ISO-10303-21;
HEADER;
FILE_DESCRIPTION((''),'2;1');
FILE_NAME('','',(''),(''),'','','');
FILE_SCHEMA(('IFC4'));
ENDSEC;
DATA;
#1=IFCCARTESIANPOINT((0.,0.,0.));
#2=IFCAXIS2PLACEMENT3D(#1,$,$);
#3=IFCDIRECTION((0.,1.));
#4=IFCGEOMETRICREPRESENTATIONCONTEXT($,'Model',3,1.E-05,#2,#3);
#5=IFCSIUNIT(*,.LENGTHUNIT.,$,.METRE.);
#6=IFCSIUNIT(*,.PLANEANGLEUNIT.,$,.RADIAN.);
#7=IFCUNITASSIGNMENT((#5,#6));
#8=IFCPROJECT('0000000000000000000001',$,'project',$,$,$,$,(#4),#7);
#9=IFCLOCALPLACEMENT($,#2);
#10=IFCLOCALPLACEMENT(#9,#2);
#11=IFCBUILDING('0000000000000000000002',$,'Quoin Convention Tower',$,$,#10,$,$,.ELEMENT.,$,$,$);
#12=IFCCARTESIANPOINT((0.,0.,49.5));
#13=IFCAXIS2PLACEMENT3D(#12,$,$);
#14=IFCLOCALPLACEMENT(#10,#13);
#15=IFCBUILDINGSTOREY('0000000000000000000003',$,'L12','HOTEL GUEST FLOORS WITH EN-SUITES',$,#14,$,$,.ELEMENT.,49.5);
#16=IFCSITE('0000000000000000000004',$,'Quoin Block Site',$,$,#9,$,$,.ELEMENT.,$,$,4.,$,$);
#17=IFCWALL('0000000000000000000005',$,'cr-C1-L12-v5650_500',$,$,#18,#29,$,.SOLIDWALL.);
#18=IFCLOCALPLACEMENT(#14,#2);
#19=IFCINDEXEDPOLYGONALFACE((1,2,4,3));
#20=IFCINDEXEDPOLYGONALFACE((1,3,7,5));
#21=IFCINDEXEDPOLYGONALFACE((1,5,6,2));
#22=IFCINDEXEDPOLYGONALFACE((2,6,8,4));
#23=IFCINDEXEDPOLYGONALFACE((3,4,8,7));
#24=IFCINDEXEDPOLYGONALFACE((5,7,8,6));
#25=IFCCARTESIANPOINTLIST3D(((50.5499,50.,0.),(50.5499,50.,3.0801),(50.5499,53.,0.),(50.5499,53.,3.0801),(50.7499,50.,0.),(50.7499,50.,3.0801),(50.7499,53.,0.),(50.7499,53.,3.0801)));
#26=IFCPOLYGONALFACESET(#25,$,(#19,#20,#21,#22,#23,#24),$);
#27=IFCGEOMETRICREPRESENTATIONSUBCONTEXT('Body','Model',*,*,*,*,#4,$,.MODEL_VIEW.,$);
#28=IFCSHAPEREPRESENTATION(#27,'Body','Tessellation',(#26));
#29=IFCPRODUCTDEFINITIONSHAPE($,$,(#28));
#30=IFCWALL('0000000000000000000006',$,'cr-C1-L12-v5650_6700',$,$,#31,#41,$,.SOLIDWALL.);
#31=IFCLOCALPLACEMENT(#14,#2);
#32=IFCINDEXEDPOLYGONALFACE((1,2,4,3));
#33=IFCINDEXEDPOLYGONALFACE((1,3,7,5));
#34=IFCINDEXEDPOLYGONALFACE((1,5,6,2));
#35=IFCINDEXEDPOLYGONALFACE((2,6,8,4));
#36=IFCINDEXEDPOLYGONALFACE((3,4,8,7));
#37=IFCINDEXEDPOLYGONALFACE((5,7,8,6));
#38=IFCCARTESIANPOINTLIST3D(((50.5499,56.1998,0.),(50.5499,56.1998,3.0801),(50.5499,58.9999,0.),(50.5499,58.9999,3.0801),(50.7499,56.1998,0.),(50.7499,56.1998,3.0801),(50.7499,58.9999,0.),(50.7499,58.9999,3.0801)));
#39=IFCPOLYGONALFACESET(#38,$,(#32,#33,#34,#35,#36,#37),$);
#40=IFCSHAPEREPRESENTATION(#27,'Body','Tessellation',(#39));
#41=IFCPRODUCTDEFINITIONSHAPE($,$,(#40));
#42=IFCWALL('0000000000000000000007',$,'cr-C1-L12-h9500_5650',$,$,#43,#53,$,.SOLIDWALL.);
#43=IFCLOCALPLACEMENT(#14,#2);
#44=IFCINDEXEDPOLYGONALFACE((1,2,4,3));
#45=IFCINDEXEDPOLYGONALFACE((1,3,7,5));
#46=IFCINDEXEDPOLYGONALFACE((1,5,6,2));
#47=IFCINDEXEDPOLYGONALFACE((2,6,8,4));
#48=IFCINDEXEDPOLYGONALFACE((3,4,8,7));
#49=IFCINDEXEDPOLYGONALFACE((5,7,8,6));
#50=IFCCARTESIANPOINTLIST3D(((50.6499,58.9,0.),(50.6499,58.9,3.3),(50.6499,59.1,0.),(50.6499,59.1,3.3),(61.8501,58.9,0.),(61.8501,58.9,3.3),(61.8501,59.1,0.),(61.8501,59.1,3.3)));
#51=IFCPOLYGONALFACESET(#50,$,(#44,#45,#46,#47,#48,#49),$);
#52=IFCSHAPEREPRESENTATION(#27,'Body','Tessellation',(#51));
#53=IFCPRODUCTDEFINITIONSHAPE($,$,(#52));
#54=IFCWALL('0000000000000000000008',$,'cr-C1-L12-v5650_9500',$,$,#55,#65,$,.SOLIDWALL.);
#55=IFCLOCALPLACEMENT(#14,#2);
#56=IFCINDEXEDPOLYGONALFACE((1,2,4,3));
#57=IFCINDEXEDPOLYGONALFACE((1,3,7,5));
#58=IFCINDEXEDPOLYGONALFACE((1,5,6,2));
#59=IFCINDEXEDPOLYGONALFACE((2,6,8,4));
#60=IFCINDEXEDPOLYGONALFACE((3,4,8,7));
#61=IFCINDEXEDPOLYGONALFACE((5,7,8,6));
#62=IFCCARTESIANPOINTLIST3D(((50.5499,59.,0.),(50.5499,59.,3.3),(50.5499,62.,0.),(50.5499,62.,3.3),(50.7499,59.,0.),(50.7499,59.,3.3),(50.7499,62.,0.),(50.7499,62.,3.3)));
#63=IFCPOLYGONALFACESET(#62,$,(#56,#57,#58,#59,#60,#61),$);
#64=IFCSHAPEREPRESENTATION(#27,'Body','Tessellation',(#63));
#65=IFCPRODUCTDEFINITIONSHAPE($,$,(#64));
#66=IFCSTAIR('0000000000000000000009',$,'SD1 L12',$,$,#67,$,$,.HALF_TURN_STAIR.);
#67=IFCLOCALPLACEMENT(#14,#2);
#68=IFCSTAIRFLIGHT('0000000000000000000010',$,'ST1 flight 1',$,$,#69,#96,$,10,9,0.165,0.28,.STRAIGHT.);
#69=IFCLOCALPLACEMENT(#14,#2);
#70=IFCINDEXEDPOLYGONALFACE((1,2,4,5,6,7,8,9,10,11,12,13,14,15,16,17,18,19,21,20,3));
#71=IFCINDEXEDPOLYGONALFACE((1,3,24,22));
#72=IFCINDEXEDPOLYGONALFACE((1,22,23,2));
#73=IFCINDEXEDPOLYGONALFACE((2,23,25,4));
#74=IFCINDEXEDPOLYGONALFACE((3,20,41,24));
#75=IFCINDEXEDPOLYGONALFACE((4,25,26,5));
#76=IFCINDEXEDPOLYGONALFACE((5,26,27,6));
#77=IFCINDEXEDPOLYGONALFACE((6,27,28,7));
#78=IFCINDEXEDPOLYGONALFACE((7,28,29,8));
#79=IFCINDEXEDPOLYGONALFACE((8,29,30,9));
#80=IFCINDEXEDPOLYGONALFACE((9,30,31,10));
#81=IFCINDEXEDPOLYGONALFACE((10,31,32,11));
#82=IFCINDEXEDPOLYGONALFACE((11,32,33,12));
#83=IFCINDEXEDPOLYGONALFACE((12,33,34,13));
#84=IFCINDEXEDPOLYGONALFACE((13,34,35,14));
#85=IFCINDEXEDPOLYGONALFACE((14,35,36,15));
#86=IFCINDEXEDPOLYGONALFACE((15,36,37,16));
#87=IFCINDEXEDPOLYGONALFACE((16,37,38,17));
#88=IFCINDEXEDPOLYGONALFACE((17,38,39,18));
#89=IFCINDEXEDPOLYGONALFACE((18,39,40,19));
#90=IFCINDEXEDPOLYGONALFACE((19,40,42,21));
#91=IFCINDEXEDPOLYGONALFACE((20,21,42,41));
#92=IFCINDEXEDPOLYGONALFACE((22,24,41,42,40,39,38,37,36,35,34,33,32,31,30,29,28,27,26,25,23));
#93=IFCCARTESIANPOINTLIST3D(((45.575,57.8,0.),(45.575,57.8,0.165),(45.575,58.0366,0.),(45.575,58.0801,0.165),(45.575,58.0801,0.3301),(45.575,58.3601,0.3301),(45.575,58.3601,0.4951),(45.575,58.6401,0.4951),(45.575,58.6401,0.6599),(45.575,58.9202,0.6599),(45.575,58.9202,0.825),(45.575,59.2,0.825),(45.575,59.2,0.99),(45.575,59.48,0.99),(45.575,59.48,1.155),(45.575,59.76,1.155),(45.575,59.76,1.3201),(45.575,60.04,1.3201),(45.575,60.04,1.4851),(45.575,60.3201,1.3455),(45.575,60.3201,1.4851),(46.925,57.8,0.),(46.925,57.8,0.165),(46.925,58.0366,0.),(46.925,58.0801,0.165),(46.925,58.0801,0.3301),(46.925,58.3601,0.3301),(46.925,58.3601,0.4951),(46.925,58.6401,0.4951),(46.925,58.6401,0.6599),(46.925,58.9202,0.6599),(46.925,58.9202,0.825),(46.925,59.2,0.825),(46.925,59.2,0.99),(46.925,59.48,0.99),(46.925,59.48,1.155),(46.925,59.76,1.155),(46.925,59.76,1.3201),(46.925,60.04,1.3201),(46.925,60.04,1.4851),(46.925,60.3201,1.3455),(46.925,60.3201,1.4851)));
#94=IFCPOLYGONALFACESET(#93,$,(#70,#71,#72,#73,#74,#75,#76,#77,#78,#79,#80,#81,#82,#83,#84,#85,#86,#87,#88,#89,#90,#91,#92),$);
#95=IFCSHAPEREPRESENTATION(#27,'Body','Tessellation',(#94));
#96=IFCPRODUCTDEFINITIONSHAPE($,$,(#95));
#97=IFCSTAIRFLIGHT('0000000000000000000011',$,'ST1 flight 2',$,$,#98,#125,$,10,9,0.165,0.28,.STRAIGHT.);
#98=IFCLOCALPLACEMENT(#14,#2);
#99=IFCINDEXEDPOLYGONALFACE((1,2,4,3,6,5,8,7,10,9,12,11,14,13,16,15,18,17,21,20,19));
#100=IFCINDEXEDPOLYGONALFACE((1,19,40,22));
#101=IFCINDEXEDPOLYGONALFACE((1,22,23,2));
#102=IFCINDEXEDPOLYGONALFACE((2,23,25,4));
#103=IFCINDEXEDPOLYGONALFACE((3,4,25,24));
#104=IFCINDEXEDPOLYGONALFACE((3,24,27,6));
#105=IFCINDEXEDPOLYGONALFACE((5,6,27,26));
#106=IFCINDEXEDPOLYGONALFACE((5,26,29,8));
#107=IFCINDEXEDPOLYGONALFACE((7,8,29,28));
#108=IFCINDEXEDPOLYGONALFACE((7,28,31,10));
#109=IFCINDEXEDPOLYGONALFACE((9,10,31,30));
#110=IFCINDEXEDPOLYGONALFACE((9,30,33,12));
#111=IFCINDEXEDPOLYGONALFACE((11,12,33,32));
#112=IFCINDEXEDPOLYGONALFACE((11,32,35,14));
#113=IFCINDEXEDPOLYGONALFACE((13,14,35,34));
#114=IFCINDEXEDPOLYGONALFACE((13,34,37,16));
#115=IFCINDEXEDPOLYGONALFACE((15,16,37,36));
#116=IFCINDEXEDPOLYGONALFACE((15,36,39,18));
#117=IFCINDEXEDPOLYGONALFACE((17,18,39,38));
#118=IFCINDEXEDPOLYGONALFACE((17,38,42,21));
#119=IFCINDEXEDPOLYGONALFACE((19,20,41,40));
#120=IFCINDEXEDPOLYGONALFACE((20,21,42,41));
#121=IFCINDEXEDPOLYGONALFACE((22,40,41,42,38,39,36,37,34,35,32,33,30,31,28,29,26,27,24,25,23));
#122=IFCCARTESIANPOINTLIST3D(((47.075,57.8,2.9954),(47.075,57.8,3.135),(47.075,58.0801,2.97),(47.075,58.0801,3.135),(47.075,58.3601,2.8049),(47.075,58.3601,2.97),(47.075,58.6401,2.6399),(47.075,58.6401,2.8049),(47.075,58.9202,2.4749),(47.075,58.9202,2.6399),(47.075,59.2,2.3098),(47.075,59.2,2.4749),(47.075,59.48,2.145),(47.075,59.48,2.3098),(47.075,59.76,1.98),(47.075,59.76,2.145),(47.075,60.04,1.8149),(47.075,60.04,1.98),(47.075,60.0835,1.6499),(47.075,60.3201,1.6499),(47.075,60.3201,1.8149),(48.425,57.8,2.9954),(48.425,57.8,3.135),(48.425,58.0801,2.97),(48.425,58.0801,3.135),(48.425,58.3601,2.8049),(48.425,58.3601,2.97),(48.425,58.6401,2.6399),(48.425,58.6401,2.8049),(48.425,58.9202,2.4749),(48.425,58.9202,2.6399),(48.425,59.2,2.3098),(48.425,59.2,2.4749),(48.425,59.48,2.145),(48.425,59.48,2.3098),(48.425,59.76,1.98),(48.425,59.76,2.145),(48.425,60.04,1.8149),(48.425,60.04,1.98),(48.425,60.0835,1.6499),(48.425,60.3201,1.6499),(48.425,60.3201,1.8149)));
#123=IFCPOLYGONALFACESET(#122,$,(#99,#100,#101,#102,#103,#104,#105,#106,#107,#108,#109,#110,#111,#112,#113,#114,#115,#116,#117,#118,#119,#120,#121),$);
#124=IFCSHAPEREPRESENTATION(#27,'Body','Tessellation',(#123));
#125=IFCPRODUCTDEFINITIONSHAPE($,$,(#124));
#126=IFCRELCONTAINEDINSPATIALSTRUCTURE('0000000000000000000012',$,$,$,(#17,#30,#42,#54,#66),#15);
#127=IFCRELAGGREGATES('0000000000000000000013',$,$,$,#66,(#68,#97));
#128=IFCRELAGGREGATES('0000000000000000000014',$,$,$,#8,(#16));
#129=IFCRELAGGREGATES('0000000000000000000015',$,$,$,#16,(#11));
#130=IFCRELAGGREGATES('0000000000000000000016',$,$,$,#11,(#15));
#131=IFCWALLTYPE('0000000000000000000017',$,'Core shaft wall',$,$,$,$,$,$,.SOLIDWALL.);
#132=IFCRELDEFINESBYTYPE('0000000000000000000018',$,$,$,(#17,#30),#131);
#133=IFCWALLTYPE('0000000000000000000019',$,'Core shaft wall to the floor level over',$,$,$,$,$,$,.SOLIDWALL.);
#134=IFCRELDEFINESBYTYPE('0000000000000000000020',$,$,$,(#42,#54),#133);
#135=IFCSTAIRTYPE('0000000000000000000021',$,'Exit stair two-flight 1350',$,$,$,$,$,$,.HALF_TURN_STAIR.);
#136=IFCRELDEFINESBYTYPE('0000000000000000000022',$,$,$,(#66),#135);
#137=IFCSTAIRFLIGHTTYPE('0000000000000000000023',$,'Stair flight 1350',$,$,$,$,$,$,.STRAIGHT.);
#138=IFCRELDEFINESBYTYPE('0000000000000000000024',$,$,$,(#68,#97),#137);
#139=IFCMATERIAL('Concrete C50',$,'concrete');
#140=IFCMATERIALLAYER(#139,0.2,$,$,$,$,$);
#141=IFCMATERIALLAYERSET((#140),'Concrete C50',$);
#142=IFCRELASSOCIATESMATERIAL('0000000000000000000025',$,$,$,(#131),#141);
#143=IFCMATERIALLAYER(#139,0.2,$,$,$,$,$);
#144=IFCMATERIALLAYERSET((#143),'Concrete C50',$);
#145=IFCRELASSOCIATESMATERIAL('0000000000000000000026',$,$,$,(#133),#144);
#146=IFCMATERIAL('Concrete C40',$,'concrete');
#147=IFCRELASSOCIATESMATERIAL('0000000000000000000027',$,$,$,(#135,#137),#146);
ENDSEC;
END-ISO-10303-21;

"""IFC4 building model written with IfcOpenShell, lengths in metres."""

from ifc_helpers import new_model, si_unit, direction, frame, frame_2d, origin, place, context, subcontext, project, spatial, polyline, rectangle, outline, extrude, material, layer, layer_set, type_object, element, aggregate, save


model = new_model("IFC4")

# Units and contexts
model_context = context("Model", 3, precision=1e-05, world=origin(), true_north=direction((0.0, 1.0)))
body_context = subcontext(model_context, "Body", "Model", "MODEL_VIEW")
ifc_project = project(units=[si_unit("LENGTHUNIT", "METRE"), si_unit("PLANEANGLEUNIT", "RADIAN")], contexts=[model_context])

# Site, building, storey
site_placement = place(None, origin())
site = spatial("IfcSite", under=ifc_project, at=site_placement, Name="Quoin Block Site", CompositionType="ELEMENT", RefElevation=4.0)
building_placement = place(site_placement, origin())
building = spatial("IfcBuilding", under=site, at=building_placement, Name="Quoin Convention Tower", CompositionType="ELEMENT")
storey_placement = place(building_placement, frame((0.0, 0.0, 49.5)))
storey = spatial("IfcBuildingStorey", under=building, at=storey_placement, Name="L12", Description="HOTEL GUEST FLOORS WITH EN-SUITES", CompositionType="ELEMENT", Elevation=49.5)

# Shared definitions
ifc_material_1 = material(Name="Concrete C50", Category="concrete")
ifc_layer_1 = layer(ifc_material_1, 0.2)
ifc_layer_set_1 = layer_set([ifc_layer_1], Name="Concrete C50")
wall_type_1 = type_object("IfcWallType", Name="Core shaft wall", PredefinedType="SOLIDWALL", material=ifc_layer_set_1)

# Walls
wall_1_placement = place(storey_placement, frame((50.6499, 50.0, 0.0), z_axis=(0.0, 0.0, 1.0), x_axis=(0.0, 1.0, 0.0)))
element("IfcWall", 1, at=wall_1_placement, inside=storey, type_object=wall_type_1, Name="cr-C1-L12-v5650_500", PredefinedType="SOLIDWALL", context=body_context, shape_type="SweptSolid", body=[
    extrude(rectangle(XDim=3.0, YDim=0.2, at=frame_2d((1.5, 0.0))), origin(), (0.0, 0.0, 1.0), 3.0801),
])
wall_2_placement = place(storey_placement, frame((50.6499, 56.2, 0.0), z_axis=(0.0, 0.0, 1.0), x_axis=(0.0, 1.0, 0.0)))
element("IfcWall", 2, at=wall_2_placement, inside=storey, type_object=wall_type_1, Name="cr-C1-L12-v5650_6700", PredefinedType="SOLIDWALL", context=body_context, shape_type="SweptSolid", body=[
    extrude(rectangle(XDim=2.8, YDim=0.2, at=frame_2d((1.3999, 0.0))), origin(), (0.0, 0.0, 1.0), 3.0801),
])
ifc_layer_2 = layer(ifc_material_1, 0.2)
ifc_layer_set_2 = layer_set([ifc_layer_2], Name="Concrete C50")
wall_type_2 = type_object("IfcWallType", Name="Core shaft wall to the floor level over", PredefinedType="SOLIDWALL", material=ifc_layer_set_2)
wall_3_placement = place(storey_placement, frame((50.6499, 59.0, 0.0), z_axis=(0.0, 0.0, 1.0), x_axis=(1.0, 0.0, 0.0)))
element("IfcWall", 3, at=wall_3_placement, inside=storey, type_object=wall_type_2, Name="cr-C1-L12-h9500_5650", PredefinedType="SOLIDWALL", context=body_context, shape_type="SweptSolid", body=[
    extrude(rectangle(XDim=11.2002, YDim=0.2, at=frame_2d((5.6001, 0.0))), origin(), (0.0, 0.0, 1.0), 3.3),
])
wall_4_placement = place(storey_placement, frame((50.6499, 59.0, 0.0), z_axis=(0.0, 0.0, 1.0), x_axis=(0.0, 1.0, 0.0)))
element("IfcWall", 4, at=wall_4_placement, inside=storey, type_object=wall_type_2, Name="cr-C1-L12-v5650_9500", PredefinedType="SOLIDWALL", context=body_context, shape_type="SweptSolid", body=[
    extrude(rectangle(XDim=3.0, YDim=0.2, at=frame_2d((1.5, 0.0))), origin(), (0.0, 0.0, 1.0), 3.3),
])

# Stair, stair flights
ifc_material_2 = material(Name="Concrete C40", Category="concrete")
stair_type = type_object("IfcStairType", Name="Exit stair two-flight 1350", PredefinedType="HALF_TURN_STAIR", material=ifc_material_2)
stair_placement = place(storey_placement, origin())
stair = element("IfcStair", 5, at=stair_placement, inside=storey, type_object=stair_type, Name="SD1 L12", PredefinedType="HALF_TURN_STAIR")
stair_flight_type = type_object("IfcStairFlightType", Name="Stair flight 1350", PredefinedType="STRAIGHT", material=ifc_material_2)
stair_flight_1_placement = place(storey_placement, frame((46.25, 57.8, 0.0), z_axis=(0.0, 0.0, 1.0), x_axis=(0.0, 1.0, 0.0)))
stair_flight_1 = element("IfcStairFlight", 6, at=stair_flight_1_placement, type_object=stair_flight_type, Name="ST1 flight 1", NumberOfRisers=10, NumberOfTreads=9, PredefinedType="STRAIGHT", RiserHeight=0.165, TreadLength=0.28, context=body_context, shape_type="SweptSolid", body=[
    extrude(outline(polyline([(0.0, 0.0), (0.0, 0.165), (0.28, 0.165), (0.28, 0.3301), (0.5601, 0.3301), (0.5601, 0.4951), (0.8401, 0.4951), (0.8401, 0.6599), (1.1201, 0.6599), (1.1201, 0.825), (1.3999, 0.825), (1.3999, 0.99), (1.6799, 0.99), (1.6799, 1.155), (1.96, 1.155), (1.96, 1.3201), (2.24, 1.3201), (2.24, 1.4851), (2.52, 1.4851), (2.52, 1.6499), (2.52, 1.3455), (0.2366, 0.0), (0.0, 0.0)])), frame((0.0, 0.675, 0.0), z_axis=(0.0, -1.0, 0.0), x_axis=(1.0, 0.0, 0.0)), (0.0, 0.0, 1.0), 1.3501),
])
stair_flight_2_placement = place(storey_placement, frame((47.75, 60.3201, 1.6499), z_axis=(0.0, 0.0, 1.0), x_axis=(0.0, -1.0, 0.0)))
stair_flight_2 = element("IfcStairFlight", 7, at=stair_flight_2_placement, type_object=stair_flight_type, Name="ST1 flight 2", NumberOfRisers=10, NumberOfTreads=9, PredefinedType="STRAIGHT", RiserHeight=0.165, TreadLength=0.28, context=body_context, shape_type="SweptSolid", body=[
    extrude(outline(polyline([(0.0, 0.0), (0.0, 0.165), (0.28, 0.165), (0.28, 0.3301), (0.5601, 0.3301), (0.5601, 0.4951), (0.8401, 0.4951), (0.8401, 0.6599), (1.1201, 0.6599), (1.1201, 0.825), (1.3999, 0.825), (1.3999, 0.99), (1.6799, 0.99), (1.6799, 1.155), (1.96, 1.155), (1.96, 1.3201), (2.24, 1.3201), (2.24, 1.4851), (2.52, 1.4851), (2.52, 1.6499), (2.52, 1.3455), (0.2366, 0.0), (0.0, 0.0)])), frame((0.0, 0.675, 0.0), z_axis=(0.0, -1.0, 0.0), x_axis=(1.0, 0.0, 0.0)), (0.0, 0.0, 1.0), 1.3501),
])
aggregate(stair, [stair_flight_1, stair_flight_2])

save(model, "model.ifc")
